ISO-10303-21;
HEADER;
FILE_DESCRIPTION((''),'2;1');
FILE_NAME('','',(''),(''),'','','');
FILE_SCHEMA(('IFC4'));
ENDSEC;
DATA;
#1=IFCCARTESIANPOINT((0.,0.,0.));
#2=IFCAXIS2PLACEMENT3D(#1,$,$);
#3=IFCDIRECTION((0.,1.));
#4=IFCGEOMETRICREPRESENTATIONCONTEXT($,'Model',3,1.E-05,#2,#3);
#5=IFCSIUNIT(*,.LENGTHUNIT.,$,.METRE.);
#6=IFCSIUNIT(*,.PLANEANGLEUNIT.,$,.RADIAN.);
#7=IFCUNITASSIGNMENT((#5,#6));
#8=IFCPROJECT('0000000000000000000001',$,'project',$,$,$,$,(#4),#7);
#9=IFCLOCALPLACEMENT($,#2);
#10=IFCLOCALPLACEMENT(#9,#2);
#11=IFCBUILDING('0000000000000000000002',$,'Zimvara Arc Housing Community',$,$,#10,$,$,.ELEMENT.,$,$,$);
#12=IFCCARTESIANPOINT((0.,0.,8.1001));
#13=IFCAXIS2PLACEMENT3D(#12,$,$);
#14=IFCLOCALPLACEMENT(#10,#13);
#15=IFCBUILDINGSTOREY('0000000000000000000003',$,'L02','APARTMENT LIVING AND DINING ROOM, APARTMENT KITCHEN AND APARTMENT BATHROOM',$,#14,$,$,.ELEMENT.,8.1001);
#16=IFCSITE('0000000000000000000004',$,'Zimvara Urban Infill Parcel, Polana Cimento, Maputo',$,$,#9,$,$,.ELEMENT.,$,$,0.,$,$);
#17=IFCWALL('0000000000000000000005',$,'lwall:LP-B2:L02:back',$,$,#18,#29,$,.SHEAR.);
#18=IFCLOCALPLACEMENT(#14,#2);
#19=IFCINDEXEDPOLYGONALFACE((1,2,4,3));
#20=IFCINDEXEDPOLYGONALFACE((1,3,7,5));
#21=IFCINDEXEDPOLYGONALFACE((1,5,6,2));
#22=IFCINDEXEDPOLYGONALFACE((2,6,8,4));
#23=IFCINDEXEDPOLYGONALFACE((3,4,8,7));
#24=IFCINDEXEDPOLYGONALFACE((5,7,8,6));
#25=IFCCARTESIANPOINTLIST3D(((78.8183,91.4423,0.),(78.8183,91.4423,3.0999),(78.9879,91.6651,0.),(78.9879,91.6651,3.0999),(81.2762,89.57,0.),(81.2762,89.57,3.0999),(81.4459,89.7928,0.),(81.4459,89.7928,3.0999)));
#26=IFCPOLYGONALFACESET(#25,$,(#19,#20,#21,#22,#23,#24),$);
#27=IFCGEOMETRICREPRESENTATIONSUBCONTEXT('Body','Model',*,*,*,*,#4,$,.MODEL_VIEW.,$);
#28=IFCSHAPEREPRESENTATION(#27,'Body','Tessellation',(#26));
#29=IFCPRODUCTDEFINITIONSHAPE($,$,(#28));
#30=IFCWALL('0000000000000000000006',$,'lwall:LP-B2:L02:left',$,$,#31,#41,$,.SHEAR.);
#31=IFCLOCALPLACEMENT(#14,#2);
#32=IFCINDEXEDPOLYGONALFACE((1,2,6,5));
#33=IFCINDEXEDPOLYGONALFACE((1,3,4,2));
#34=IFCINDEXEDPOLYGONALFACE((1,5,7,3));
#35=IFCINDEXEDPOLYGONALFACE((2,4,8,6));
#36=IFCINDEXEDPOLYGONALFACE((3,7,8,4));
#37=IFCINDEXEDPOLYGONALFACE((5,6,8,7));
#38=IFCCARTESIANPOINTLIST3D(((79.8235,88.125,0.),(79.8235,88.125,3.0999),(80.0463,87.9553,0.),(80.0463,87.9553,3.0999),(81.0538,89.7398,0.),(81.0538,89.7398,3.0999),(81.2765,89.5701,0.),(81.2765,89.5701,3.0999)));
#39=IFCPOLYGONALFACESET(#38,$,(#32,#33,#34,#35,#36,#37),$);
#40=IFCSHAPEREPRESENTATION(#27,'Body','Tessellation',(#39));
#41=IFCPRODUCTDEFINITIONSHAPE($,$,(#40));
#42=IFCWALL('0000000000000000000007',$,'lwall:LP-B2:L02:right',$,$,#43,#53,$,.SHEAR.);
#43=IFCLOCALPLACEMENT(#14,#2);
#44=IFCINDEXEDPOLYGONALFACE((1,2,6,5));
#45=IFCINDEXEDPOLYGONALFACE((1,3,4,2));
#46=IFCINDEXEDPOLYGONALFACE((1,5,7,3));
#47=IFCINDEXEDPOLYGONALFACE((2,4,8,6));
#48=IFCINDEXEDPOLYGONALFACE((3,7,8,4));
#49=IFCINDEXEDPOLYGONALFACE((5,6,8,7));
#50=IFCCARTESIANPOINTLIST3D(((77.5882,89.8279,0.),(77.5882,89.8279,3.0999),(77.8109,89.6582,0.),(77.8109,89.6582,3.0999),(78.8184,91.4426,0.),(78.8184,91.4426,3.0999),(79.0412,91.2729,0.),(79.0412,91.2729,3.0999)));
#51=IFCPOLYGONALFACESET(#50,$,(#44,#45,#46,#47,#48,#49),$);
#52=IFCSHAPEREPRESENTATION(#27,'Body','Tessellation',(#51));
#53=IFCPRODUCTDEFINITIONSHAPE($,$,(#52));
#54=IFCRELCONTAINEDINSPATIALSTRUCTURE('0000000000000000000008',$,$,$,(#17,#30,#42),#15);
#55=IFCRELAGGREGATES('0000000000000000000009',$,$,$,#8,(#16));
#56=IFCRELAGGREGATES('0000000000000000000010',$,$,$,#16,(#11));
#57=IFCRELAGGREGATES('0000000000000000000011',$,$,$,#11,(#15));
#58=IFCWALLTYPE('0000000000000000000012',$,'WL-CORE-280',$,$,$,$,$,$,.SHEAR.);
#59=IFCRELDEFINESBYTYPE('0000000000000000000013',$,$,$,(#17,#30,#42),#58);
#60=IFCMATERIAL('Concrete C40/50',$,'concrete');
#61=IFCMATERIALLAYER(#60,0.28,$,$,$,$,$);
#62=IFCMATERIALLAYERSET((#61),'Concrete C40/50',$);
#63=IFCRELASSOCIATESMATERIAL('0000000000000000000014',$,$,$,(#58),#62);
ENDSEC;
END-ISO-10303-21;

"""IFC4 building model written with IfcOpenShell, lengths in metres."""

from ifc_helpers import new_model, si_unit, direction, frame, frame_2d, origin, place, context, subcontext, project, spatial, rectangle, extrude, material, layer, layer_set, type_object, element, save


model = new_model("IFC4")

# Units and contexts
model_context = context("Model", 3, precision=1e-05, world=origin(), true_north=direction((0.0, 1.0)))
body_context = subcontext(model_context, "Body", "Model", "MODEL_VIEW")
ifc_project = project(units=[si_unit("LENGTHUNIT", "METRE"), si_unit("PLANEANGLEUNIT", "RADIAN")], contexts=[model_context])

# Site, building, storey
site_placement = place(None, origin())
site = spatial("IfcSite", under=ifc_project, at=site_placement, Name="Zimvara Urban Infill Parcel, Polana Cimento, Maputo", CompositionType="ELEMENT", RefElevation=0.0)
building_placement = place(site_placement, origin())
building = spatial("IfcBuilding", under=site, at=building_placement, Name="Zimvara Arc Housing Community", CompositionType="ELEMENT")
storey_placement = place(building_placement, frame((0.0, 0.0, 8.1001)))
storey = spatial("IfcBuildingStorey", under=building, at=storey_placement, Name="L02", Description="APARTMENT LIVING AND DINING ROOM, APARTMENT KITCHEN AND APARTMENT BATHROOM", CompositionType="ELEMENT", Elevation=8.1001)

# Shared definitions
ifc_material_1 = material(Name="Concrete C40/50", Category="concrete")
ifc_layer_1 = layer(ifc_material_1, 0.28)
ifc_layer_set_1 = layer_set([ifc_layer_1], Name="Concrete C40/50")
wall_type = type_object("IfcWallType", Name="WL-CORE-280", PredefinedType="SHEAR", material=ifc_layer_set_1)

# Walls
wall_1_placement = place(storey_placement, frame((81.3611, 89.6814, 0.0), z_axis=(0.0, 0.0, 1.0), x_axis=(-0.795502, 0.60595, 0.0)))
element("IfcWall", 1, at=wall_1_placement, inside=storey, type_object=wall_type, Name="lwall:LP-B2:L02:back", PredefinedType="SHEAR", context=body_context, shape_type="SweptSolid", body=[
    extrude(rectangle(XDim=3.0898, YDim=0.28, at=frame_2d((1.5449, 0.0))), origin(), (0.0, 0.0, 1.0), 3.0999),
])
for number, where, z_axis, x_axis, name in (
    (2, (79.9348, 88.04, 0.0), (0.0, 0.0, 1.0), (0.606025, 0.795446, 0.0), "lwall:LP-B2:L02:left"),
    (3, (77.6995, 89.7429, 0.0), (0.0, 0.0, 1.0), (0.606025, 0.795446, 0.0), "lwall:LP-B2:L02:right"),
):
    element("IfcWall", number, at=place(storey_placement, frame(where, z_axis=z_axis, x_axis=x_axis)), inside=storey, type_object=wall_type, Name=name, PredefinedType="SHEAR", context=body_context, shape_type="SweptSolid", body=[
        extrude(rectangle(XDim=2.03, YDim=0.28, at=frame_2d((1.0151, 0.0))), origin(), (0.0, 0.0, 1.0), 3.0999),
    ])

save(model, "model.ifc")
